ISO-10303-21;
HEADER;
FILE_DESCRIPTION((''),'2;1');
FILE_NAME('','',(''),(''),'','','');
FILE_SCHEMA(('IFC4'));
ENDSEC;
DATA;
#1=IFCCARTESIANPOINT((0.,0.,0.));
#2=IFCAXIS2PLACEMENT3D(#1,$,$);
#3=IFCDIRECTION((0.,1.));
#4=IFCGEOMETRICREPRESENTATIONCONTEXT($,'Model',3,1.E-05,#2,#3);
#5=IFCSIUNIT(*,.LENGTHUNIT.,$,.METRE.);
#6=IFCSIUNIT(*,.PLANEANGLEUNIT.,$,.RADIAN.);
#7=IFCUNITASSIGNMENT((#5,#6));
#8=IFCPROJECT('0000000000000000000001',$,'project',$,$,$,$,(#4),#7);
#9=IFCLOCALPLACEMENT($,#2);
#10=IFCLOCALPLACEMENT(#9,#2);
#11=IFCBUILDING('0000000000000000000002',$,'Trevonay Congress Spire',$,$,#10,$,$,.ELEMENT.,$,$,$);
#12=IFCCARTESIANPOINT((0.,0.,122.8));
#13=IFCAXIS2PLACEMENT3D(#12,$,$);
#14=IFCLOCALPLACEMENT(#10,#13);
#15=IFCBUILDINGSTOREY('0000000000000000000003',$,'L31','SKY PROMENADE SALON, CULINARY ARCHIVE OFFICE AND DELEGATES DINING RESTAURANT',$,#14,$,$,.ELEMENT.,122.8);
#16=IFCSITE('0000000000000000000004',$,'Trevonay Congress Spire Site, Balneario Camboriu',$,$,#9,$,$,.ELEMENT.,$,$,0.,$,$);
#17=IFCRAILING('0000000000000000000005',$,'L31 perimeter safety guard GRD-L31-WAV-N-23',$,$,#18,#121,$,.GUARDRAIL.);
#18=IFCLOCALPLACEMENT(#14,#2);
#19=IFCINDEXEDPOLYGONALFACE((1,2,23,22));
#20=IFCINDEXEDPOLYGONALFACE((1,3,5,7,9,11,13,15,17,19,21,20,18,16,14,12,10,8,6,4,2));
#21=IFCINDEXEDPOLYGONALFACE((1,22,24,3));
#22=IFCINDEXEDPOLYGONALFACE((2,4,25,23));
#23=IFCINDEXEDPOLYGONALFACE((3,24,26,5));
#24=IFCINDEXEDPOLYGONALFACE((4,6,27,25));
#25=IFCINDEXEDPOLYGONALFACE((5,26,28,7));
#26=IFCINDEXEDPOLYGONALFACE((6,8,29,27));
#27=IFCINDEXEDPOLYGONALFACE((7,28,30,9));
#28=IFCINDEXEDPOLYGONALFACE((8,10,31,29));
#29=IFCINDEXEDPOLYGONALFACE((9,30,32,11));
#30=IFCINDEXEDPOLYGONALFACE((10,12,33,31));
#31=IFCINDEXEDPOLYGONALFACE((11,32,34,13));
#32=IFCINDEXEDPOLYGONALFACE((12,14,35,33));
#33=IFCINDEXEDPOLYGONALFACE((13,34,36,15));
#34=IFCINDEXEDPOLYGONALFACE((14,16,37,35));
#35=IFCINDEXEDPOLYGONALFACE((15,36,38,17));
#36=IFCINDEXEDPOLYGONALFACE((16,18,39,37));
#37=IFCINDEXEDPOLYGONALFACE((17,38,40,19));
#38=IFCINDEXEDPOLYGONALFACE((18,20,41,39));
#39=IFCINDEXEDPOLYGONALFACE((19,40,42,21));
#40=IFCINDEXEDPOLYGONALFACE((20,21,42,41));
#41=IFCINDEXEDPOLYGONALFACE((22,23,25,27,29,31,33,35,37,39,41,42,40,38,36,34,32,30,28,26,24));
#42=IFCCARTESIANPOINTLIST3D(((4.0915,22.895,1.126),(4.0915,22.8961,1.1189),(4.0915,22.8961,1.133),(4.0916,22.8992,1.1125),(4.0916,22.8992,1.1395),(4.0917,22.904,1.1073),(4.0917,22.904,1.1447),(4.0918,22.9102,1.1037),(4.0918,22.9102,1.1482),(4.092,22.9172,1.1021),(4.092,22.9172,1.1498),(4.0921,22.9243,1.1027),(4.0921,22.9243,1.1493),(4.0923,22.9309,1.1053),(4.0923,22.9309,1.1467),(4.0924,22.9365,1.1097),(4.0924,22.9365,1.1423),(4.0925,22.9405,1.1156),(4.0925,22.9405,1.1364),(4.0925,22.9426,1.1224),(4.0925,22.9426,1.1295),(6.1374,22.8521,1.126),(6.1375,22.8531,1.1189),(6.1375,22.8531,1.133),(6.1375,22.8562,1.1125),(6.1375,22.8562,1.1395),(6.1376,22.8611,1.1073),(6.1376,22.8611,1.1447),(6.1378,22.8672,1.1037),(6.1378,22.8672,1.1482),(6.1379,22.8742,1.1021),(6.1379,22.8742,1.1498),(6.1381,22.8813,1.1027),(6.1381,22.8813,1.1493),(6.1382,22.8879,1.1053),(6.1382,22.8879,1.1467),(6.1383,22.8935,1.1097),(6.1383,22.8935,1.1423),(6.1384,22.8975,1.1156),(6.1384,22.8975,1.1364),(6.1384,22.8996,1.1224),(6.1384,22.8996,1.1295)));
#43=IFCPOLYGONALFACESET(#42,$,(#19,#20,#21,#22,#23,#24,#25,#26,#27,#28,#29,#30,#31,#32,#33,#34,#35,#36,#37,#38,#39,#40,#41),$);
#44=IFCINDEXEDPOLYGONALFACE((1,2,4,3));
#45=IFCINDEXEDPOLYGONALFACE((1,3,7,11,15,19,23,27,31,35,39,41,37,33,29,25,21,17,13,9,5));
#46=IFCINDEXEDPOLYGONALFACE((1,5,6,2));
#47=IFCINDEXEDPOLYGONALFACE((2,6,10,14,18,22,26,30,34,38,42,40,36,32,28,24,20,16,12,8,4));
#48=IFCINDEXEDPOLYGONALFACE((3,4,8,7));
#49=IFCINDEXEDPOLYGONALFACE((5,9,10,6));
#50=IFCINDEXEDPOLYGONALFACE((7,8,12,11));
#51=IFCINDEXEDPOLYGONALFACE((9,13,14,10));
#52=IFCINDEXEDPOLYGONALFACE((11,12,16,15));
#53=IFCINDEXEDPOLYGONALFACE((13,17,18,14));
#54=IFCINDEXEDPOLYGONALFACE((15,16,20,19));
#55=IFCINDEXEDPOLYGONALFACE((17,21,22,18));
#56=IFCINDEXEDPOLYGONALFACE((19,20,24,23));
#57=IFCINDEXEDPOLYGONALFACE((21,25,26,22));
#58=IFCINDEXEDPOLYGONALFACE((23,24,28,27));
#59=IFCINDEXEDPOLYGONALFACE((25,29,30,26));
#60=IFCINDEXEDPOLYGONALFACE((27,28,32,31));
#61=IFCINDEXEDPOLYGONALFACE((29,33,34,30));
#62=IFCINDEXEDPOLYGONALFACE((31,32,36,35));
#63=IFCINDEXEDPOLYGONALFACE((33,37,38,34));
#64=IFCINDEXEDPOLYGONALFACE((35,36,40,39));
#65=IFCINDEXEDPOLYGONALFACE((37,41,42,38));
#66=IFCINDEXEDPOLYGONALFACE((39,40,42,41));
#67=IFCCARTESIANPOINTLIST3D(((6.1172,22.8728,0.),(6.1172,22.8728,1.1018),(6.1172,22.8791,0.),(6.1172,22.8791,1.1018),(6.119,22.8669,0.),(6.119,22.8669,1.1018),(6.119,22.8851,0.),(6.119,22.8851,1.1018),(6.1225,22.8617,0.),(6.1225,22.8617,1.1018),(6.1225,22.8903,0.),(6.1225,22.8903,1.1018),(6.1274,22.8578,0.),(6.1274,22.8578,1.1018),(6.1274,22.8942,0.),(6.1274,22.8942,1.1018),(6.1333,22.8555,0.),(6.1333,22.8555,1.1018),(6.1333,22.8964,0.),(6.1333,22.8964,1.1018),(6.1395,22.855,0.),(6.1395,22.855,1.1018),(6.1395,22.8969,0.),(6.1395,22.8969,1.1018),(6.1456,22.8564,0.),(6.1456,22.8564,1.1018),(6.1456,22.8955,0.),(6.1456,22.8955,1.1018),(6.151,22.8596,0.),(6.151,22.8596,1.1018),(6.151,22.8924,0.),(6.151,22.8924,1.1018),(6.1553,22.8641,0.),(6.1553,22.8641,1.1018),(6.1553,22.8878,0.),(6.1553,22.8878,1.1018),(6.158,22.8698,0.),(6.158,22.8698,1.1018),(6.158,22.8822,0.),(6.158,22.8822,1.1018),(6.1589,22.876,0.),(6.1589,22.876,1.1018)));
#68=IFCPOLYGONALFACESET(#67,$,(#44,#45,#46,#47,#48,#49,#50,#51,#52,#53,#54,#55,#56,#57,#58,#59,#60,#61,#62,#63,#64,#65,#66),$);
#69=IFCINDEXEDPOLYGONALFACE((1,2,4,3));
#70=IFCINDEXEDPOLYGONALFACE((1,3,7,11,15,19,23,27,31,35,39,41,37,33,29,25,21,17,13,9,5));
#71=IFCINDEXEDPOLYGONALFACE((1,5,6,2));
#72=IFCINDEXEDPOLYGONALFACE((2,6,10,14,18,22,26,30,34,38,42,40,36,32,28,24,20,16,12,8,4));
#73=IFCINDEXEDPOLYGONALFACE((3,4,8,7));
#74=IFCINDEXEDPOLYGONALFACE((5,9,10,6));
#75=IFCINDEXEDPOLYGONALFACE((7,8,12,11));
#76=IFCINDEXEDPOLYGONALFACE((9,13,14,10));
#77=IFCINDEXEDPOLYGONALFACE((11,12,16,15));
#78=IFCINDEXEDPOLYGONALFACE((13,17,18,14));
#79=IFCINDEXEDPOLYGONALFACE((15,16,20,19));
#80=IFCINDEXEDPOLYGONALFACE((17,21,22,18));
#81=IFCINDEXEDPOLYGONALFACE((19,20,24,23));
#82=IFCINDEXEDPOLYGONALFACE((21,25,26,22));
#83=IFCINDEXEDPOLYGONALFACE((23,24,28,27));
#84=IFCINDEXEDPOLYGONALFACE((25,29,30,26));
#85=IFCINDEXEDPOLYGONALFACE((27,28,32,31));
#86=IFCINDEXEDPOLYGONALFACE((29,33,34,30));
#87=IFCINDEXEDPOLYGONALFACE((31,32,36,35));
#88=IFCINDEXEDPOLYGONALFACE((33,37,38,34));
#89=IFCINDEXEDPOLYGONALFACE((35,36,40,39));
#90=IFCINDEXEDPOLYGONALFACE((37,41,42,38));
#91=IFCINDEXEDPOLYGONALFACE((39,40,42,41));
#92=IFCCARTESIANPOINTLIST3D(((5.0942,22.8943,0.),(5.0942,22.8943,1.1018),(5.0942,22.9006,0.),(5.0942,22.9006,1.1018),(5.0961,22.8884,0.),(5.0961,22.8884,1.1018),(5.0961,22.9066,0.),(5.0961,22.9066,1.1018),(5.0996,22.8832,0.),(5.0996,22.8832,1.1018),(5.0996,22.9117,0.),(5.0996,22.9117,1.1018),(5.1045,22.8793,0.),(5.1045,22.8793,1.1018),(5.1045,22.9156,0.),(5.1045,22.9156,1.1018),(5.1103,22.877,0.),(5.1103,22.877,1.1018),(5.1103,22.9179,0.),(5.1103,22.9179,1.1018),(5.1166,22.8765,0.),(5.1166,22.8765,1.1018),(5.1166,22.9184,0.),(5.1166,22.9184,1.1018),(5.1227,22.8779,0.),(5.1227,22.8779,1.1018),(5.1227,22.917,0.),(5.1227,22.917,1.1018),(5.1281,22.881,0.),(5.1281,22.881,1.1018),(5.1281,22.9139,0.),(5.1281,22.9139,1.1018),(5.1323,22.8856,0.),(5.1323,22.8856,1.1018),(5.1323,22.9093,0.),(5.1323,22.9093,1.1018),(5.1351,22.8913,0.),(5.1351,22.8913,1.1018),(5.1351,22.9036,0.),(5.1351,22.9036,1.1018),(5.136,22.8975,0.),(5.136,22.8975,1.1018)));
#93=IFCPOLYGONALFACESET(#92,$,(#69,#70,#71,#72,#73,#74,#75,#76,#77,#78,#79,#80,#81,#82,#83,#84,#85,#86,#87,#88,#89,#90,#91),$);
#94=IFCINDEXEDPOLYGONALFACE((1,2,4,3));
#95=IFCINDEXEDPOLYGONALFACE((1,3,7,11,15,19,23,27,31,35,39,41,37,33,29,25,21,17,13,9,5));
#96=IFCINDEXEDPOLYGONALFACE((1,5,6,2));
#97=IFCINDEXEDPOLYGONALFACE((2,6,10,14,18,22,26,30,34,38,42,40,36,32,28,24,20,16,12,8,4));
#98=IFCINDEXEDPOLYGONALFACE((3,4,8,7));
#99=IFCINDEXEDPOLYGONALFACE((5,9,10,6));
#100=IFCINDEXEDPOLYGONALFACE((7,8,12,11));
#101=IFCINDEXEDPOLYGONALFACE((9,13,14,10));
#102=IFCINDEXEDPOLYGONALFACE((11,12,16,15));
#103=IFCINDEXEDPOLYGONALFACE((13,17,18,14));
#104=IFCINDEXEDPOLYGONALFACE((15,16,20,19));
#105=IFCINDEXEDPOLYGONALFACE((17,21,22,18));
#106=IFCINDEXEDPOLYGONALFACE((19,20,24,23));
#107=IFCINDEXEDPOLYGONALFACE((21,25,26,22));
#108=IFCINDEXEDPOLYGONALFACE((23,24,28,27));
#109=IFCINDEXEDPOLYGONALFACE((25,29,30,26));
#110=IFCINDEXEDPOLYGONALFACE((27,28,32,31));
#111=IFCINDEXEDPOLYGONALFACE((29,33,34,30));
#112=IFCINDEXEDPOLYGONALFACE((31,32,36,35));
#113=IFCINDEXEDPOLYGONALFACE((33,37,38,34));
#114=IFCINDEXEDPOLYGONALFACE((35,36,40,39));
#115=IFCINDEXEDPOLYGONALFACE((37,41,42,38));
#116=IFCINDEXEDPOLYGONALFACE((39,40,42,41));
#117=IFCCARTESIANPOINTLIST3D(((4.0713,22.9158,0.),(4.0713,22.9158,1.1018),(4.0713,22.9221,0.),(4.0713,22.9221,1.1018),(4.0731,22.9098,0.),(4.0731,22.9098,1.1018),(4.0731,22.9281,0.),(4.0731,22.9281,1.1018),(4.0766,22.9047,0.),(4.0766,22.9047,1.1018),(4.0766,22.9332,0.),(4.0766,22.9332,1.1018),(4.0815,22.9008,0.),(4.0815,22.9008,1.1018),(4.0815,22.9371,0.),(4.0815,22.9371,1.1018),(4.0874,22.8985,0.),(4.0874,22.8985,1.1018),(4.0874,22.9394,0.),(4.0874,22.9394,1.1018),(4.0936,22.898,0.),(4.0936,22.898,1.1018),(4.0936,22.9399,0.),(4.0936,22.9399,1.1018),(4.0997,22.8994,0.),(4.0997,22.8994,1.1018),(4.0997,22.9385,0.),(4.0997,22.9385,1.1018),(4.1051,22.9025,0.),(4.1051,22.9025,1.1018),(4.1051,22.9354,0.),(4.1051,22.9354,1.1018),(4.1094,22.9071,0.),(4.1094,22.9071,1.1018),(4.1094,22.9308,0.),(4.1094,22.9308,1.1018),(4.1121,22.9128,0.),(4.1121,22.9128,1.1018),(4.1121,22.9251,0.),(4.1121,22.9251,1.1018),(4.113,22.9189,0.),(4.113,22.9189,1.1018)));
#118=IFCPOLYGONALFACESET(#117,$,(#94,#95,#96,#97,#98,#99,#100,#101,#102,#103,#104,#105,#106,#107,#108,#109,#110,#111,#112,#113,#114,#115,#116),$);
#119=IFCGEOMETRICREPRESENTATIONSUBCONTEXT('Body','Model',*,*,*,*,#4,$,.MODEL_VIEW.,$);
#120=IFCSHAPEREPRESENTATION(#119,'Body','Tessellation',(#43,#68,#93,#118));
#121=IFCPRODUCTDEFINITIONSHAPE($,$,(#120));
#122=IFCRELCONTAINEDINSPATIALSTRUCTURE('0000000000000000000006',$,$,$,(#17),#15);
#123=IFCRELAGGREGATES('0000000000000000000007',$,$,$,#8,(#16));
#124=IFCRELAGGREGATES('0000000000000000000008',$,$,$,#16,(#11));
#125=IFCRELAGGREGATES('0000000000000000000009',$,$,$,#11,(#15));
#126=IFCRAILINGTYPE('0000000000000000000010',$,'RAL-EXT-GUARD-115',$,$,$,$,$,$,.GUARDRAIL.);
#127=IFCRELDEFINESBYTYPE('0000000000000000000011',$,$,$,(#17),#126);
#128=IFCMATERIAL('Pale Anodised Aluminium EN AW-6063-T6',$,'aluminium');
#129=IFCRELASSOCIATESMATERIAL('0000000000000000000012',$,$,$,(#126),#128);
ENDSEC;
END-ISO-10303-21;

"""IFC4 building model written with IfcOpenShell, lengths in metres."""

from ifc_helpers import new_model, si_unit, direction, frame, origin, origin_2d, place, context, subcontext, project, spatial, circle, extrude, material, type_object, element, save


model = new_model("IFC4")

# Units and contexts
model_context = context("Model", 3, precision=1e-05, world=origin(), true_north=direction((0.0, 1.0)))
body_context = subcontext(model_context, "Body", "Model", "MODEL_VIEW")
ifc_project = project(units=[si_unit("LENGTHUNIT", "METRE"), si_unit("PLANEANGLEUNIT", "RADIAN")], contexts=[model_context])

# Site, building, storey
site_placement = place(None, origin())
site = spatial("IfcSite", under=ifc_project, at=site_placement, Name="Trevonay Congress Spire Site, Balneario Camboriu", CompositionType="ELEMENT", RefElevation=0.0)
building_placement = place(site_placement, origin())
building = spatial("IfcBuilding", under=site, at=building_placement, Name="Trevonay Congress Spire", CompositionType="ELEMENT")
storey_placement = place(building_placement, frame((0.0, 0.0, 122.8)))
storey = spatial("IfcBuildingStorey", under=building, at=storey_placement, Name="L31", Description="SKY PROMENADE SALON, CULINARY ARCHIVE OFFICE AND DELEGATES DINING RESTAURANT", CompositionType="ELEMENT", Elevation=122.8)

# Shared definitions
ifc_material_1 = material(Name="Pale Anodised Aluminium EN AW-6063-T6", Category="aluminium")

# Railing
railing_type = type_object("IfcRailingType", Name="RAL-EXT-GUARD-115", PredefinedType="GUARDRAIL", material=ifc_material_1)
railing_1_placement = place(storey_placement, frame((6.1379, 22.876, 0.0)))
element("IfcRailing", 1, at=railing_1_placement, inside=storey, type_object=railing_type, Name="L31 perimeter safety guard GRD-L31-WAV-N-23", PredefinedType="GUARDRAIL", context=body_context, shape_type="SweptSolid", body=[
    extrude(circle(Radius=0.0239, at=origin_2d()), frame((0.0, 0.0, 1.126), z_axis=(-0.99978, 0.020998, 0.0), x_axis=(-0.020998, -0.99978, 0.0)), (0.0, 0.0, 1.0), 2.0464),
    extrude(circle(Radius=0.021, at=origin_2d()), origin(), (0.0, 0.0, 1.0), 1.1018),
    extrude(circle(Radius=0.021, at=origin_2d()), frame((-1.0229, 0.0215, 0.0)), (0.0, 0.0, 1.0), 1.1018),
    extrude(circle(Radius=0.021, at=origin_2d()), frame((-2.0459, 0.043, 0.0)), (0.0, 0.0, 1.0), 1.1018),
])

save(model, "model.ifc")
